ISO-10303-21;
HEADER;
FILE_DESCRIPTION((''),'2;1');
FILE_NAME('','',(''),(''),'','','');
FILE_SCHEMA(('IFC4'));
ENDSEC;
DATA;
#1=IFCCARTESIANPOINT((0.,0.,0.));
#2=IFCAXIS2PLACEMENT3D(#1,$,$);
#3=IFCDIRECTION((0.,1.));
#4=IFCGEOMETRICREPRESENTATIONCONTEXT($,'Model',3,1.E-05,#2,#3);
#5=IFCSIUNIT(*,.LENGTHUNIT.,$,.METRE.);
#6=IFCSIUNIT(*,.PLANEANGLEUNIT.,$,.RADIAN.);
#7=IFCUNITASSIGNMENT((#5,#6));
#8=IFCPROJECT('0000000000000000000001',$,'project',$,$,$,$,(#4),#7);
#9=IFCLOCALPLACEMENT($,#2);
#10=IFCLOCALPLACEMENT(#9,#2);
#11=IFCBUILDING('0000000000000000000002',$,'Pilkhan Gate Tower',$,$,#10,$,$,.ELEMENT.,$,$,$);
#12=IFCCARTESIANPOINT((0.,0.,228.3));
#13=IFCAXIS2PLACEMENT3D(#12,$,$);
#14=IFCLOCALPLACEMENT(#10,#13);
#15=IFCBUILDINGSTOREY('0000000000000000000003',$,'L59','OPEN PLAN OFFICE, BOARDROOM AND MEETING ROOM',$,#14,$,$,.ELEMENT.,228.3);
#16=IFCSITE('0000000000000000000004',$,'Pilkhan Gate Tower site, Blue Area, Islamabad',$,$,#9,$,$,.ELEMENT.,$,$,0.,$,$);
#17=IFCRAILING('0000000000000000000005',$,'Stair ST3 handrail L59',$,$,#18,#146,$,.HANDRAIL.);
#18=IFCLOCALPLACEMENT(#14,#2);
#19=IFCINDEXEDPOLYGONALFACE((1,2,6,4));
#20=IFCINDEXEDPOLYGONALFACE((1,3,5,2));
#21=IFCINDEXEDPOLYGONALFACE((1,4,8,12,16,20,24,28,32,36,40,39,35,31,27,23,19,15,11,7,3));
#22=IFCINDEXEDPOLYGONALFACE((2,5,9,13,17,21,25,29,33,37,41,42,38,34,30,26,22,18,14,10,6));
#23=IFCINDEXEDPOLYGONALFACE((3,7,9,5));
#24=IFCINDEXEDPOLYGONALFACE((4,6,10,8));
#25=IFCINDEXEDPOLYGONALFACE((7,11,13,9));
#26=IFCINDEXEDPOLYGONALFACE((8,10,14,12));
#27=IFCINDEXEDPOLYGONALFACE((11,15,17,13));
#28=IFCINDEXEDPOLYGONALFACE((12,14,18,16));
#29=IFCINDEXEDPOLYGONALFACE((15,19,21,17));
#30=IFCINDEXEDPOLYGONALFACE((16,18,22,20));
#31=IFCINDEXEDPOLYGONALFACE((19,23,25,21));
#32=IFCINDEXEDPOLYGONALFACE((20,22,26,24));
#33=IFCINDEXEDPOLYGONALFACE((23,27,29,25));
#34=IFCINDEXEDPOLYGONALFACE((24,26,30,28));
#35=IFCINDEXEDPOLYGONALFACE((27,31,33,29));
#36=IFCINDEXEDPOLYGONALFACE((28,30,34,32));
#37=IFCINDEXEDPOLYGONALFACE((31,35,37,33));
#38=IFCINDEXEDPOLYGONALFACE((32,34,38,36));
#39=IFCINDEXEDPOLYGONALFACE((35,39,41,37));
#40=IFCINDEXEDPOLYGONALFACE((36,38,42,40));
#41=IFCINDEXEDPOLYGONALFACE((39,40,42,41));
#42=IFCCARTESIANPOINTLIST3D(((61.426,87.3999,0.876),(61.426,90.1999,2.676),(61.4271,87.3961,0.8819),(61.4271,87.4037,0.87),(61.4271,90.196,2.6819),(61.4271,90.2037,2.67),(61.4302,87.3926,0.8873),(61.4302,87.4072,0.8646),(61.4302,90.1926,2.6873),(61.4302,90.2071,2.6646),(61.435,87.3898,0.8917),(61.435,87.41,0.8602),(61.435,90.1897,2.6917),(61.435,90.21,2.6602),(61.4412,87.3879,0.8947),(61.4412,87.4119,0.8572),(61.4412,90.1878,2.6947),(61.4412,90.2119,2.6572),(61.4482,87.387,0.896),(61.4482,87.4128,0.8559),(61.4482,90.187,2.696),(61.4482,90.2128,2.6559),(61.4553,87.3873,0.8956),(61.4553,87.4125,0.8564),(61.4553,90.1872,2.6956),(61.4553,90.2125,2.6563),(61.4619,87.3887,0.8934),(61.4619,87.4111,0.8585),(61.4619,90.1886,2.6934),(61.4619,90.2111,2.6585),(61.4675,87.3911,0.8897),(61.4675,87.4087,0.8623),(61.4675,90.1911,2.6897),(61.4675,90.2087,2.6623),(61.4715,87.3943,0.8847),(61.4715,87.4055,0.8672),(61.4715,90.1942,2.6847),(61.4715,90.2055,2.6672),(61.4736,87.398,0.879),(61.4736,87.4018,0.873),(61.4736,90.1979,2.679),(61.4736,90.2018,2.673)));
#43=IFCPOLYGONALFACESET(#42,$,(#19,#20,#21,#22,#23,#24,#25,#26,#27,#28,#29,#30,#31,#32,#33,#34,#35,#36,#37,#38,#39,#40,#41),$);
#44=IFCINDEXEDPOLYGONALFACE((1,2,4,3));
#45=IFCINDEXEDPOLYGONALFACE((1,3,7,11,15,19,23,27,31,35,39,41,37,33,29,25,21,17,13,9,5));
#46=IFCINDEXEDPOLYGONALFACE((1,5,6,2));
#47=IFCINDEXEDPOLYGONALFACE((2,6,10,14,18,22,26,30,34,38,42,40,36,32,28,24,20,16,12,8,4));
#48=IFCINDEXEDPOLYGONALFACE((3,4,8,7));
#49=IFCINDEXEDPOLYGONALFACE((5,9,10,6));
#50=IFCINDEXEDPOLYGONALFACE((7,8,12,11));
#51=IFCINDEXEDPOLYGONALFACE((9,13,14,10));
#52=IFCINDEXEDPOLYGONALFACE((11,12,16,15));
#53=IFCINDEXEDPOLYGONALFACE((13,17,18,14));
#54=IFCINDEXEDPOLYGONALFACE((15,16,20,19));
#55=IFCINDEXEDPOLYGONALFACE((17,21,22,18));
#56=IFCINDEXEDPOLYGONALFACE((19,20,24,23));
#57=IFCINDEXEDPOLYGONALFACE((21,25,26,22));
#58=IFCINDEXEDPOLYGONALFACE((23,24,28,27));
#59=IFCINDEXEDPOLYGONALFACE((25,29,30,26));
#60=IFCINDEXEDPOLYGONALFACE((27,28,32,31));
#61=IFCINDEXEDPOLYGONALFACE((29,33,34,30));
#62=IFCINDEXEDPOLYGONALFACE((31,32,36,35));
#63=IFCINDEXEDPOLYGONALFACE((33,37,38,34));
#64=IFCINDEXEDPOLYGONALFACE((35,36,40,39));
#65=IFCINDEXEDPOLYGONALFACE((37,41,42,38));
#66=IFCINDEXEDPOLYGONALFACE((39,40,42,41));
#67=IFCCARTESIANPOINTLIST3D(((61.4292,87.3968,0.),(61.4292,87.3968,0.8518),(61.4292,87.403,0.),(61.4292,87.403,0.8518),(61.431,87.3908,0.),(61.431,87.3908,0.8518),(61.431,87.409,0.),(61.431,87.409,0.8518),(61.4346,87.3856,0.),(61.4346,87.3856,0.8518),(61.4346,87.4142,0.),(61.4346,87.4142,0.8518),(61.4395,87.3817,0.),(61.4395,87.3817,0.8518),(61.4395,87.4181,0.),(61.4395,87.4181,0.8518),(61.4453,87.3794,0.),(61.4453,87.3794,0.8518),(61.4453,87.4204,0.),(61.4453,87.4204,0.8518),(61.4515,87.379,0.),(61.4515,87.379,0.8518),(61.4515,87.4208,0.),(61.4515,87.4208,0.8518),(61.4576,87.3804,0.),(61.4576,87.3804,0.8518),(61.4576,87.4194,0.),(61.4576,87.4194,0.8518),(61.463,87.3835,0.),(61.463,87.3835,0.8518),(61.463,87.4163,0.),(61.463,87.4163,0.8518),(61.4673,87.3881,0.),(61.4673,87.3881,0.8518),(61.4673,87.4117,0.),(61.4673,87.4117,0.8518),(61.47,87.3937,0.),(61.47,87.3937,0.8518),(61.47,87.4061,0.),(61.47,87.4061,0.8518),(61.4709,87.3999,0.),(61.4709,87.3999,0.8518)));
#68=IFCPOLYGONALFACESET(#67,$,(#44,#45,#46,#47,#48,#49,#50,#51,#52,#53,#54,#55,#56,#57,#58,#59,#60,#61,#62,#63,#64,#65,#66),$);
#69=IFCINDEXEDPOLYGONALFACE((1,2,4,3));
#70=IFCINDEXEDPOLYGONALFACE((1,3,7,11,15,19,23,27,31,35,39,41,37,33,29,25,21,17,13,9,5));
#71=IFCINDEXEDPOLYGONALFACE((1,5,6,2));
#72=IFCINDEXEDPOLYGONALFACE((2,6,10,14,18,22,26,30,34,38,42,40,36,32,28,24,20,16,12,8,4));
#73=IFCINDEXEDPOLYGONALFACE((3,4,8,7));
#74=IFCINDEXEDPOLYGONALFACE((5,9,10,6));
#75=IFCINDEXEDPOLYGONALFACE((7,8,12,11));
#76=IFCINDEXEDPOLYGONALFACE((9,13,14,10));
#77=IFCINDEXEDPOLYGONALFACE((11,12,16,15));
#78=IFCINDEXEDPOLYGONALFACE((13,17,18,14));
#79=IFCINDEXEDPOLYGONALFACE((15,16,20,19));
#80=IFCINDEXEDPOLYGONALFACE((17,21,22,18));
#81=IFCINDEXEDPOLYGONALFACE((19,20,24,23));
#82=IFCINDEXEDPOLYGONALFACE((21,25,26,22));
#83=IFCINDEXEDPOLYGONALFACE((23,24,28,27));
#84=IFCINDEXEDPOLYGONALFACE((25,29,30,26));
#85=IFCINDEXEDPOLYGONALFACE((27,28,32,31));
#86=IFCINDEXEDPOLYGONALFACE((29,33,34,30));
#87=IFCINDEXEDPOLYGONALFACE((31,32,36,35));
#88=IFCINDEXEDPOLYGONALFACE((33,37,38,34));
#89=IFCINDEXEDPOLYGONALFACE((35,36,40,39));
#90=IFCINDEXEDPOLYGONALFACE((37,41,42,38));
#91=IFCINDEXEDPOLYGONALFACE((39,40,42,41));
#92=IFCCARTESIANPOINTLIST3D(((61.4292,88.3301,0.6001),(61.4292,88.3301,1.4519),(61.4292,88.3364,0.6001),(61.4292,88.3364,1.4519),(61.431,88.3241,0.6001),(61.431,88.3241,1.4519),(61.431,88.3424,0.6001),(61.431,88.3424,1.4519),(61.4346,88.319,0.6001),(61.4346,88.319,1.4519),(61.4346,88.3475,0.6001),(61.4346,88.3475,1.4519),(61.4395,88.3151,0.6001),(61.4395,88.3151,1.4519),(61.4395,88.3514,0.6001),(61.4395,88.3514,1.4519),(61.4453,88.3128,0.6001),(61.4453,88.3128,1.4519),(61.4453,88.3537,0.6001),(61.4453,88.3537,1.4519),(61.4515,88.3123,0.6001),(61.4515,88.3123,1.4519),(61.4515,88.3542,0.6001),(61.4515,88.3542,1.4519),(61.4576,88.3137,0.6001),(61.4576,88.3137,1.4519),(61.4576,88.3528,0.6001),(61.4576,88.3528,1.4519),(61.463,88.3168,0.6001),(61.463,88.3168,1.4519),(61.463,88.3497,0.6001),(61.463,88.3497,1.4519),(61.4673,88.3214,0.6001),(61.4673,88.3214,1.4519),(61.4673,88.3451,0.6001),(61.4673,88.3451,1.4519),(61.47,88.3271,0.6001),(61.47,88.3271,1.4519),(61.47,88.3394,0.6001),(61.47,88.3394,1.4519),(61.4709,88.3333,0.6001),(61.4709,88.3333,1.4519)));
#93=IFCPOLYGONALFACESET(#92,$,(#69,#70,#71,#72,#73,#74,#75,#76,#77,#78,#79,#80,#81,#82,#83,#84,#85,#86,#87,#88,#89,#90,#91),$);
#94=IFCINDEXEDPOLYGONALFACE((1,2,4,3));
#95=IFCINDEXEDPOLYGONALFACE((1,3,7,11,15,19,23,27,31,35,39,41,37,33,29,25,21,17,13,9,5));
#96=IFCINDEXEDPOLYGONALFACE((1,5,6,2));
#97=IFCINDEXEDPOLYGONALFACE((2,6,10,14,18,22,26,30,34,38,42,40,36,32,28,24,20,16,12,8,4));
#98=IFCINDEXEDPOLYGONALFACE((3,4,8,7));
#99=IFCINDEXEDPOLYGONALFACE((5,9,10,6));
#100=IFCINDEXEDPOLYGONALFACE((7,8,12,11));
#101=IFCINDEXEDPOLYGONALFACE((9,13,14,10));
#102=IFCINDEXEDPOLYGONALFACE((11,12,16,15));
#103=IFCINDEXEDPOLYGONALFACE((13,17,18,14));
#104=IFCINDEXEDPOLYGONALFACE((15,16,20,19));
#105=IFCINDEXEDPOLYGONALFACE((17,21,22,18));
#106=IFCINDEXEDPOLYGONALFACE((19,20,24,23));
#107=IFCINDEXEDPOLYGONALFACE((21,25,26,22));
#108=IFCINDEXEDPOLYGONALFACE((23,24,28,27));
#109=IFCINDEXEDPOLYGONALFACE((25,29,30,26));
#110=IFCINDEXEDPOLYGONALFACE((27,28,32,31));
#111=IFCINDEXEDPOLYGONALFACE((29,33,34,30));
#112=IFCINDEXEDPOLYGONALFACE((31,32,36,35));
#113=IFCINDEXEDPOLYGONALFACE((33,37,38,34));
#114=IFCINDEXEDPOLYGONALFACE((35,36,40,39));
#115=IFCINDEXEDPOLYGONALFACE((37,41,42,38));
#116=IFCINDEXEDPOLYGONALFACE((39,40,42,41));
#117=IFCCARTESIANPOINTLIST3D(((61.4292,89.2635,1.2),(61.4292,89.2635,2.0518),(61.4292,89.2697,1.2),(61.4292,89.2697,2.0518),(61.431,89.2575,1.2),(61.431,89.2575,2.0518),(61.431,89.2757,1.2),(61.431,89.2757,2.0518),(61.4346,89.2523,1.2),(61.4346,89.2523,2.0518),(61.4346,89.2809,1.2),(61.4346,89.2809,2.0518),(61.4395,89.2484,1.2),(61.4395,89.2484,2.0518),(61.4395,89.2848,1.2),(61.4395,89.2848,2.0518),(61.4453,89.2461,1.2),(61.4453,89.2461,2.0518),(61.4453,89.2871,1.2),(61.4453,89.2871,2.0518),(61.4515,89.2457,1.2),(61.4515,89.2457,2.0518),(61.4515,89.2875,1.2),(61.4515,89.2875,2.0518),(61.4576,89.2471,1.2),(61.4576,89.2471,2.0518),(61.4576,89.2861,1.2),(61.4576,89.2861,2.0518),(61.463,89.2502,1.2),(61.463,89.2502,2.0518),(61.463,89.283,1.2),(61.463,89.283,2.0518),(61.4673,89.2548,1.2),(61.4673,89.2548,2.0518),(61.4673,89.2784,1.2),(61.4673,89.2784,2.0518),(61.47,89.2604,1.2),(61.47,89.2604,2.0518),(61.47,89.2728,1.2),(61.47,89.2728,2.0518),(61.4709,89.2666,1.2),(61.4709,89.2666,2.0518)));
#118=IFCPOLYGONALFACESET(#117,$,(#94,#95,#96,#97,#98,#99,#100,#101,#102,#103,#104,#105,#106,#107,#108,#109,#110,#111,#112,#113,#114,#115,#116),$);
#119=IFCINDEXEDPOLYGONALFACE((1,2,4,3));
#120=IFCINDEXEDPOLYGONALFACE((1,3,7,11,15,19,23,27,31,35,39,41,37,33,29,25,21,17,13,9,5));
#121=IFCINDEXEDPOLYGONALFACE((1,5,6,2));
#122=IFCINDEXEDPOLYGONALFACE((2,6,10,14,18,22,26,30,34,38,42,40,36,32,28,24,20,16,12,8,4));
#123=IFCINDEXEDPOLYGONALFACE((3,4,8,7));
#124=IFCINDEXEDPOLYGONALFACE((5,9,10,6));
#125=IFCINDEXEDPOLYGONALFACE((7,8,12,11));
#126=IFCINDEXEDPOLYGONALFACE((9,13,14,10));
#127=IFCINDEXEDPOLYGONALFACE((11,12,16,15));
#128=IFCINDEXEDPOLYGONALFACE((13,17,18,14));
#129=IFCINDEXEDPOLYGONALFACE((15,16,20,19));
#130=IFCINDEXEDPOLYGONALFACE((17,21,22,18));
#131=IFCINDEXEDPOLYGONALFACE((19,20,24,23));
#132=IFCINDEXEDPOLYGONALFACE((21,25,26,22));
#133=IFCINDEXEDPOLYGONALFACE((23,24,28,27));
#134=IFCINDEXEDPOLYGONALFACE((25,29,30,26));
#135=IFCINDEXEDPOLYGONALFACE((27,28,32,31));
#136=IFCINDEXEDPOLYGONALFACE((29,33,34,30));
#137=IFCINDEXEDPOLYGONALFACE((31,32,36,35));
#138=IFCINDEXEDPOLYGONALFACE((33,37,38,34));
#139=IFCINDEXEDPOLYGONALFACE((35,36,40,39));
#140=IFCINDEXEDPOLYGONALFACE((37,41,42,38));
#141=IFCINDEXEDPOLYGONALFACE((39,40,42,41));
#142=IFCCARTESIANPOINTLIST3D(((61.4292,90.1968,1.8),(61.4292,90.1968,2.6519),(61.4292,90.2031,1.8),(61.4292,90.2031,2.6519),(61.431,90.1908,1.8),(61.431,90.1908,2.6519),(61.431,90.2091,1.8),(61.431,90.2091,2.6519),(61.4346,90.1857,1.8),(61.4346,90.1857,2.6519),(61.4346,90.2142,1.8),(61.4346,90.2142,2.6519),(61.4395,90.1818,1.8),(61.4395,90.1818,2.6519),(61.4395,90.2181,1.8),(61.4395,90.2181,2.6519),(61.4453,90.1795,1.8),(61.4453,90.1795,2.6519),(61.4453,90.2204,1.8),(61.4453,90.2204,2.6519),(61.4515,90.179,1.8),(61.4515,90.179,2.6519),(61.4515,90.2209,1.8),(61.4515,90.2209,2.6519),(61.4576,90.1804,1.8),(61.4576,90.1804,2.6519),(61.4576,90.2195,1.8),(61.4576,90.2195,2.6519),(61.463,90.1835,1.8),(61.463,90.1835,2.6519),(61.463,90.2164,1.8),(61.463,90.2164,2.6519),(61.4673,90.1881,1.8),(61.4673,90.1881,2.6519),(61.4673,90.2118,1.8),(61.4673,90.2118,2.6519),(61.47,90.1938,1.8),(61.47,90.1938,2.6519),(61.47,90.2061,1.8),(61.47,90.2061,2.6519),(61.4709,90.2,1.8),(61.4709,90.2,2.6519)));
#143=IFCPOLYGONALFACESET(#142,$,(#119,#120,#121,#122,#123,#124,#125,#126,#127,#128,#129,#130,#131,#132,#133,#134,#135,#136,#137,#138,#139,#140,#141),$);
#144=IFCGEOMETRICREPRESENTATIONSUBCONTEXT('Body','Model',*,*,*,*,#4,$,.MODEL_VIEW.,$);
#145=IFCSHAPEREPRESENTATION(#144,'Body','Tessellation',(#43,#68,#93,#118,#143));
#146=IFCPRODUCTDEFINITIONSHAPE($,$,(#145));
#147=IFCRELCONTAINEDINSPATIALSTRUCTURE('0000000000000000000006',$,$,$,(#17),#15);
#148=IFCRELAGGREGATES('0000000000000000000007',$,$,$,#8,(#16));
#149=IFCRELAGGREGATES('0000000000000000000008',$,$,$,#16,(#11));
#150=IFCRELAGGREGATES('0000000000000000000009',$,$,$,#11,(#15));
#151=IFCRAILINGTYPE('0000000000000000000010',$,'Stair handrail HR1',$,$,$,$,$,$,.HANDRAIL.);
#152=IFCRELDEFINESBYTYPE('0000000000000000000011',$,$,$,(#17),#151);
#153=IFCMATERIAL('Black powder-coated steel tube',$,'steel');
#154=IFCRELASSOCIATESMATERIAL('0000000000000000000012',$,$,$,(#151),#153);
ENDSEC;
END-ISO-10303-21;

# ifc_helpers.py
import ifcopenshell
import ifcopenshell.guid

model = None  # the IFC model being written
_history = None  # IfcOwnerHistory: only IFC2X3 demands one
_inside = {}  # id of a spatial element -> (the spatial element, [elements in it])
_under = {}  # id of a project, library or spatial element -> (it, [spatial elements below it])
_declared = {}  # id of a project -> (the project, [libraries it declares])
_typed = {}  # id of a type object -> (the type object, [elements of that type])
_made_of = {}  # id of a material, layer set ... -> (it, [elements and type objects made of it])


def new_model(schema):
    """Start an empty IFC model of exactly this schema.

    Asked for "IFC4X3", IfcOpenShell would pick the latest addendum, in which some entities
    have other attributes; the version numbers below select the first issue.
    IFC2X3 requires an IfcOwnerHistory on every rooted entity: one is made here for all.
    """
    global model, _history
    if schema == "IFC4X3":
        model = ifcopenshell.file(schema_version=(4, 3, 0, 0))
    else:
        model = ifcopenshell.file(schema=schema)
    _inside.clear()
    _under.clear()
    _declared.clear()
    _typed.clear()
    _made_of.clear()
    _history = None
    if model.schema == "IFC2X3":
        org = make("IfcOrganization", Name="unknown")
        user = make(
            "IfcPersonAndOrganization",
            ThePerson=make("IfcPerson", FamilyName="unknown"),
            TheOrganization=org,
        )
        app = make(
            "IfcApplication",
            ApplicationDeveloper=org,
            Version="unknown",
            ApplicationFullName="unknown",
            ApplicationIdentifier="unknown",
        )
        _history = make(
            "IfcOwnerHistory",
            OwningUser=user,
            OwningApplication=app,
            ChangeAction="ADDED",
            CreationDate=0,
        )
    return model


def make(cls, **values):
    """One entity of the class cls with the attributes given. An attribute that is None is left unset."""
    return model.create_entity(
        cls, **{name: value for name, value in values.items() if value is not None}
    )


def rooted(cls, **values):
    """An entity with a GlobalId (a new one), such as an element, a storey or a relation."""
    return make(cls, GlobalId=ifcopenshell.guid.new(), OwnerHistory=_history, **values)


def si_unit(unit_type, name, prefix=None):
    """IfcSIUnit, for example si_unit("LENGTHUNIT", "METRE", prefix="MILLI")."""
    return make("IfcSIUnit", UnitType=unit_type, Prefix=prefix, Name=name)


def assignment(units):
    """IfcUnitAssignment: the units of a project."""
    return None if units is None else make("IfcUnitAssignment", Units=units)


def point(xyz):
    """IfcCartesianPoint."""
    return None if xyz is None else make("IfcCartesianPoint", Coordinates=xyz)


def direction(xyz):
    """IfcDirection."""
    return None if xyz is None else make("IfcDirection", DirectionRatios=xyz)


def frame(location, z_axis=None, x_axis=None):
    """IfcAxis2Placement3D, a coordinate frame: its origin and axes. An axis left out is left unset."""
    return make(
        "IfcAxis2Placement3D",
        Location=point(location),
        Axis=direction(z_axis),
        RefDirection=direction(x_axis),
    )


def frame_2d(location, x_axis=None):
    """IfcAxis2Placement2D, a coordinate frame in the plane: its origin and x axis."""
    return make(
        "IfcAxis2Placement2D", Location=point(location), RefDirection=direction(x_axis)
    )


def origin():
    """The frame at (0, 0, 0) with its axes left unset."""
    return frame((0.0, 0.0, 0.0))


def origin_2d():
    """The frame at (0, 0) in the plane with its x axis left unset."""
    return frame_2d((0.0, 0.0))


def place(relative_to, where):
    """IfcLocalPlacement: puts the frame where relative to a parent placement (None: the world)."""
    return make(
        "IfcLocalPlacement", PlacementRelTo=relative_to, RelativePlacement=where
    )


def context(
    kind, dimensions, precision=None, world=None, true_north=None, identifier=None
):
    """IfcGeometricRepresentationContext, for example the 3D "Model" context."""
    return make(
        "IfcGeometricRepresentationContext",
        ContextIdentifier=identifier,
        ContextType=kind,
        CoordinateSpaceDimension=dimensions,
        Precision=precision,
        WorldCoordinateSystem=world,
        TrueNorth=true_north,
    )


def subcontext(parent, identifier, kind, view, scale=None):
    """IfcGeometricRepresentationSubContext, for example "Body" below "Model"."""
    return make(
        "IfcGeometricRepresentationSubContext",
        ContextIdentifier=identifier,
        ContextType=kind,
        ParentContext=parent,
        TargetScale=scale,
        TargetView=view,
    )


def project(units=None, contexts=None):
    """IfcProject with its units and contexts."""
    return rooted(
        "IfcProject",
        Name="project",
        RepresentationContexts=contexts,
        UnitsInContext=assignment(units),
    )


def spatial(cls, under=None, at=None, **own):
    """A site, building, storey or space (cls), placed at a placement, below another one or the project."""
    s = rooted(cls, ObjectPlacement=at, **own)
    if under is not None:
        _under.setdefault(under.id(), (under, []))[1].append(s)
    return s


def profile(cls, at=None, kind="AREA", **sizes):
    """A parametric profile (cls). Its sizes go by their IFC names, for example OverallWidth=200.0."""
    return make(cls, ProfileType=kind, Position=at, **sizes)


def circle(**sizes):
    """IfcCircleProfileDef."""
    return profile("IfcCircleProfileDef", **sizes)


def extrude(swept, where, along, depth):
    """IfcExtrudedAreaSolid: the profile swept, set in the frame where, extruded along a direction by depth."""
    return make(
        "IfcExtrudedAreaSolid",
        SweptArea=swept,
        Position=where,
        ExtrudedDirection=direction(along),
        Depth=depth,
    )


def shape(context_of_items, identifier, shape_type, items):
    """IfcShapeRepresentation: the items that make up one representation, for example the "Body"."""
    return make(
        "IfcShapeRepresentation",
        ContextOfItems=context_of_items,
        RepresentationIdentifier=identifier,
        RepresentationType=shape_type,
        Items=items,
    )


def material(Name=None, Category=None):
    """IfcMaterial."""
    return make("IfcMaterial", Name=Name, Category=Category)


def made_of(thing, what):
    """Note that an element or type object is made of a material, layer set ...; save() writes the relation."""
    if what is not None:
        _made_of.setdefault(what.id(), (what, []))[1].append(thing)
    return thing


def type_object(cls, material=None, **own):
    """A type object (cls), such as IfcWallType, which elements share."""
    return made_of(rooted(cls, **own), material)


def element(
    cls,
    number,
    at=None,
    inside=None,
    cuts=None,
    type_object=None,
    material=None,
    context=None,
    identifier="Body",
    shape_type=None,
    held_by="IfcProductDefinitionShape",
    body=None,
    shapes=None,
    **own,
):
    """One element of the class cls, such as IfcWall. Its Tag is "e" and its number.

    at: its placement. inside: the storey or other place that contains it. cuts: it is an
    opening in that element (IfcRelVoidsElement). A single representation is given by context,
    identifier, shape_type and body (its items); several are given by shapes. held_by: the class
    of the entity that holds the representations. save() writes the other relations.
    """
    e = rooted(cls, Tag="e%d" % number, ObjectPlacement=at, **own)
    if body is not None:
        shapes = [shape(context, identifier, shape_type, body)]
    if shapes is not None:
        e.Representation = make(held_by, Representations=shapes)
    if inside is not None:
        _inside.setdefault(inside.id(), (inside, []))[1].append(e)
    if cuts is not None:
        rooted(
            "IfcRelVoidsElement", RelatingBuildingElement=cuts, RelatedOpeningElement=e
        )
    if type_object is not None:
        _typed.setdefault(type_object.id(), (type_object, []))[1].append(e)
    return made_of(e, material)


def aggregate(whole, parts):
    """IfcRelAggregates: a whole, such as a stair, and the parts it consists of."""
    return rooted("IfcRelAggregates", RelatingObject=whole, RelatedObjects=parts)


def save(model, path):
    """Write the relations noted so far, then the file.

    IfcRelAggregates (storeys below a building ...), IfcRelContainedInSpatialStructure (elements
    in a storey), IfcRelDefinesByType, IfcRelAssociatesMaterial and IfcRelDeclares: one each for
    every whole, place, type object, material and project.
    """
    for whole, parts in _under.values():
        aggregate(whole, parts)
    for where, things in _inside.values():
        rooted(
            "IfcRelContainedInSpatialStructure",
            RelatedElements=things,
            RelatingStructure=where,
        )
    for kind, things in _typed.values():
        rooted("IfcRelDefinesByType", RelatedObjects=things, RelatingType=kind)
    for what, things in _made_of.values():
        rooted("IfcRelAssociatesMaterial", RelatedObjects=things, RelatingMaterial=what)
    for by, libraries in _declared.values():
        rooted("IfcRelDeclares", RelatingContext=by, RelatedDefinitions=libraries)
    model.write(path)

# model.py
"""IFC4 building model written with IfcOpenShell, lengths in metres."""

from ifc_helpers import new_model, si_unit, direction, frame, origin, origin_2d, place, context, subcontext, project, spatial, circle, extrude, material, type_object, element, save


model = new_model("IFC4")

# Units and contexts
model_context = context("Model", 3, precision=1e-05, world=origin(), true_north=direction((0.0, 1.0)))
body_context = subcontext(model_context, "Body", "Model", "MODEL_VIEW")
ifc_project = project(units=[si_unit("LENGTHUNIT", "METRE"), si_unit("PLANEANGLEUNIT", "RADIAN")], contexts=[model_context])

# Site, building, storey
site_placement = place(None, origin())
site = spatial("IfcSite", under=ifc_project, at=site_placement, Name="Pilkhan Gate Tower site, Blue Area, Islamabad", CompositionType="ELEMENT", RefElevation=0.0)
building_placement = place(site_placement, origin())
building = spatial("IfcBuilding", under=site, at=building_placement, Name="Pilkhan Gate Tower", CompositionType="ELEMENT")
storey_placement = place(building_placement, frame((0.0, 0.0, 228.3)))
storey = spatial("IfcBuildingStorey", under=building, at=storey_placement, Name="L59", Description="OPEN PLAN OFFICE, BOARDROOM AND MEETING ROOM", CompositionType="ELEMENT", Elevation=228.3)

# Railing
ifc_material_1 = material(Name="Black powder-coated steel tube", Category="steel")
railing_type_1 = type_object("IfcRailingType", Name="Stair handrail HR1", PredefinedType="HANDRAIL", material=ifc_material_1)
railing_1_placement = place(storey_placement, frame((61.45, 87.3999, 0.0)))
element("IfcRailing", 1, at=railing_1_placement, inside=storey, type_object=railing_type_1, Name="Stair ST3 handrail L59", PredefinedType="HANDRAIL", context=body_context, shape_type="SweptSolid", body=[
    extrude(circle(Radius=0.0239, at=origin_2d()), frame((0.0, 0.0, 0.876), z_axis=(0.0, 0.841176, 0.540761), x_axis=(-1.0, 0.0, 0.0)), (0.0, 0.0, 1.0), 3.3286),
    extrude(circle(Radius=0.021, at=origin_2d()), origin(), (0.0, 0.0, 1.0), 0.8518),
    extrude(circle(Radius=0.021, at=origin_2d()), frame((0.0, 0.9333, 0.6001)), (0.0, 0.0, 1.0), 0.8518),
    extrude(circle(Radius=0.021, at=origin_2d()), frame((0.0, 1.8667, 1.2)), (0.0, 0.0, 1.0), 0.8518),
    extrude(circle(Radius=0.021, at=origin_2d()), frame((0.0, 2.8, 1.8)), (0.0, 0.0, 1.0), 0.8518),
])

save(model, "model.ifc")
